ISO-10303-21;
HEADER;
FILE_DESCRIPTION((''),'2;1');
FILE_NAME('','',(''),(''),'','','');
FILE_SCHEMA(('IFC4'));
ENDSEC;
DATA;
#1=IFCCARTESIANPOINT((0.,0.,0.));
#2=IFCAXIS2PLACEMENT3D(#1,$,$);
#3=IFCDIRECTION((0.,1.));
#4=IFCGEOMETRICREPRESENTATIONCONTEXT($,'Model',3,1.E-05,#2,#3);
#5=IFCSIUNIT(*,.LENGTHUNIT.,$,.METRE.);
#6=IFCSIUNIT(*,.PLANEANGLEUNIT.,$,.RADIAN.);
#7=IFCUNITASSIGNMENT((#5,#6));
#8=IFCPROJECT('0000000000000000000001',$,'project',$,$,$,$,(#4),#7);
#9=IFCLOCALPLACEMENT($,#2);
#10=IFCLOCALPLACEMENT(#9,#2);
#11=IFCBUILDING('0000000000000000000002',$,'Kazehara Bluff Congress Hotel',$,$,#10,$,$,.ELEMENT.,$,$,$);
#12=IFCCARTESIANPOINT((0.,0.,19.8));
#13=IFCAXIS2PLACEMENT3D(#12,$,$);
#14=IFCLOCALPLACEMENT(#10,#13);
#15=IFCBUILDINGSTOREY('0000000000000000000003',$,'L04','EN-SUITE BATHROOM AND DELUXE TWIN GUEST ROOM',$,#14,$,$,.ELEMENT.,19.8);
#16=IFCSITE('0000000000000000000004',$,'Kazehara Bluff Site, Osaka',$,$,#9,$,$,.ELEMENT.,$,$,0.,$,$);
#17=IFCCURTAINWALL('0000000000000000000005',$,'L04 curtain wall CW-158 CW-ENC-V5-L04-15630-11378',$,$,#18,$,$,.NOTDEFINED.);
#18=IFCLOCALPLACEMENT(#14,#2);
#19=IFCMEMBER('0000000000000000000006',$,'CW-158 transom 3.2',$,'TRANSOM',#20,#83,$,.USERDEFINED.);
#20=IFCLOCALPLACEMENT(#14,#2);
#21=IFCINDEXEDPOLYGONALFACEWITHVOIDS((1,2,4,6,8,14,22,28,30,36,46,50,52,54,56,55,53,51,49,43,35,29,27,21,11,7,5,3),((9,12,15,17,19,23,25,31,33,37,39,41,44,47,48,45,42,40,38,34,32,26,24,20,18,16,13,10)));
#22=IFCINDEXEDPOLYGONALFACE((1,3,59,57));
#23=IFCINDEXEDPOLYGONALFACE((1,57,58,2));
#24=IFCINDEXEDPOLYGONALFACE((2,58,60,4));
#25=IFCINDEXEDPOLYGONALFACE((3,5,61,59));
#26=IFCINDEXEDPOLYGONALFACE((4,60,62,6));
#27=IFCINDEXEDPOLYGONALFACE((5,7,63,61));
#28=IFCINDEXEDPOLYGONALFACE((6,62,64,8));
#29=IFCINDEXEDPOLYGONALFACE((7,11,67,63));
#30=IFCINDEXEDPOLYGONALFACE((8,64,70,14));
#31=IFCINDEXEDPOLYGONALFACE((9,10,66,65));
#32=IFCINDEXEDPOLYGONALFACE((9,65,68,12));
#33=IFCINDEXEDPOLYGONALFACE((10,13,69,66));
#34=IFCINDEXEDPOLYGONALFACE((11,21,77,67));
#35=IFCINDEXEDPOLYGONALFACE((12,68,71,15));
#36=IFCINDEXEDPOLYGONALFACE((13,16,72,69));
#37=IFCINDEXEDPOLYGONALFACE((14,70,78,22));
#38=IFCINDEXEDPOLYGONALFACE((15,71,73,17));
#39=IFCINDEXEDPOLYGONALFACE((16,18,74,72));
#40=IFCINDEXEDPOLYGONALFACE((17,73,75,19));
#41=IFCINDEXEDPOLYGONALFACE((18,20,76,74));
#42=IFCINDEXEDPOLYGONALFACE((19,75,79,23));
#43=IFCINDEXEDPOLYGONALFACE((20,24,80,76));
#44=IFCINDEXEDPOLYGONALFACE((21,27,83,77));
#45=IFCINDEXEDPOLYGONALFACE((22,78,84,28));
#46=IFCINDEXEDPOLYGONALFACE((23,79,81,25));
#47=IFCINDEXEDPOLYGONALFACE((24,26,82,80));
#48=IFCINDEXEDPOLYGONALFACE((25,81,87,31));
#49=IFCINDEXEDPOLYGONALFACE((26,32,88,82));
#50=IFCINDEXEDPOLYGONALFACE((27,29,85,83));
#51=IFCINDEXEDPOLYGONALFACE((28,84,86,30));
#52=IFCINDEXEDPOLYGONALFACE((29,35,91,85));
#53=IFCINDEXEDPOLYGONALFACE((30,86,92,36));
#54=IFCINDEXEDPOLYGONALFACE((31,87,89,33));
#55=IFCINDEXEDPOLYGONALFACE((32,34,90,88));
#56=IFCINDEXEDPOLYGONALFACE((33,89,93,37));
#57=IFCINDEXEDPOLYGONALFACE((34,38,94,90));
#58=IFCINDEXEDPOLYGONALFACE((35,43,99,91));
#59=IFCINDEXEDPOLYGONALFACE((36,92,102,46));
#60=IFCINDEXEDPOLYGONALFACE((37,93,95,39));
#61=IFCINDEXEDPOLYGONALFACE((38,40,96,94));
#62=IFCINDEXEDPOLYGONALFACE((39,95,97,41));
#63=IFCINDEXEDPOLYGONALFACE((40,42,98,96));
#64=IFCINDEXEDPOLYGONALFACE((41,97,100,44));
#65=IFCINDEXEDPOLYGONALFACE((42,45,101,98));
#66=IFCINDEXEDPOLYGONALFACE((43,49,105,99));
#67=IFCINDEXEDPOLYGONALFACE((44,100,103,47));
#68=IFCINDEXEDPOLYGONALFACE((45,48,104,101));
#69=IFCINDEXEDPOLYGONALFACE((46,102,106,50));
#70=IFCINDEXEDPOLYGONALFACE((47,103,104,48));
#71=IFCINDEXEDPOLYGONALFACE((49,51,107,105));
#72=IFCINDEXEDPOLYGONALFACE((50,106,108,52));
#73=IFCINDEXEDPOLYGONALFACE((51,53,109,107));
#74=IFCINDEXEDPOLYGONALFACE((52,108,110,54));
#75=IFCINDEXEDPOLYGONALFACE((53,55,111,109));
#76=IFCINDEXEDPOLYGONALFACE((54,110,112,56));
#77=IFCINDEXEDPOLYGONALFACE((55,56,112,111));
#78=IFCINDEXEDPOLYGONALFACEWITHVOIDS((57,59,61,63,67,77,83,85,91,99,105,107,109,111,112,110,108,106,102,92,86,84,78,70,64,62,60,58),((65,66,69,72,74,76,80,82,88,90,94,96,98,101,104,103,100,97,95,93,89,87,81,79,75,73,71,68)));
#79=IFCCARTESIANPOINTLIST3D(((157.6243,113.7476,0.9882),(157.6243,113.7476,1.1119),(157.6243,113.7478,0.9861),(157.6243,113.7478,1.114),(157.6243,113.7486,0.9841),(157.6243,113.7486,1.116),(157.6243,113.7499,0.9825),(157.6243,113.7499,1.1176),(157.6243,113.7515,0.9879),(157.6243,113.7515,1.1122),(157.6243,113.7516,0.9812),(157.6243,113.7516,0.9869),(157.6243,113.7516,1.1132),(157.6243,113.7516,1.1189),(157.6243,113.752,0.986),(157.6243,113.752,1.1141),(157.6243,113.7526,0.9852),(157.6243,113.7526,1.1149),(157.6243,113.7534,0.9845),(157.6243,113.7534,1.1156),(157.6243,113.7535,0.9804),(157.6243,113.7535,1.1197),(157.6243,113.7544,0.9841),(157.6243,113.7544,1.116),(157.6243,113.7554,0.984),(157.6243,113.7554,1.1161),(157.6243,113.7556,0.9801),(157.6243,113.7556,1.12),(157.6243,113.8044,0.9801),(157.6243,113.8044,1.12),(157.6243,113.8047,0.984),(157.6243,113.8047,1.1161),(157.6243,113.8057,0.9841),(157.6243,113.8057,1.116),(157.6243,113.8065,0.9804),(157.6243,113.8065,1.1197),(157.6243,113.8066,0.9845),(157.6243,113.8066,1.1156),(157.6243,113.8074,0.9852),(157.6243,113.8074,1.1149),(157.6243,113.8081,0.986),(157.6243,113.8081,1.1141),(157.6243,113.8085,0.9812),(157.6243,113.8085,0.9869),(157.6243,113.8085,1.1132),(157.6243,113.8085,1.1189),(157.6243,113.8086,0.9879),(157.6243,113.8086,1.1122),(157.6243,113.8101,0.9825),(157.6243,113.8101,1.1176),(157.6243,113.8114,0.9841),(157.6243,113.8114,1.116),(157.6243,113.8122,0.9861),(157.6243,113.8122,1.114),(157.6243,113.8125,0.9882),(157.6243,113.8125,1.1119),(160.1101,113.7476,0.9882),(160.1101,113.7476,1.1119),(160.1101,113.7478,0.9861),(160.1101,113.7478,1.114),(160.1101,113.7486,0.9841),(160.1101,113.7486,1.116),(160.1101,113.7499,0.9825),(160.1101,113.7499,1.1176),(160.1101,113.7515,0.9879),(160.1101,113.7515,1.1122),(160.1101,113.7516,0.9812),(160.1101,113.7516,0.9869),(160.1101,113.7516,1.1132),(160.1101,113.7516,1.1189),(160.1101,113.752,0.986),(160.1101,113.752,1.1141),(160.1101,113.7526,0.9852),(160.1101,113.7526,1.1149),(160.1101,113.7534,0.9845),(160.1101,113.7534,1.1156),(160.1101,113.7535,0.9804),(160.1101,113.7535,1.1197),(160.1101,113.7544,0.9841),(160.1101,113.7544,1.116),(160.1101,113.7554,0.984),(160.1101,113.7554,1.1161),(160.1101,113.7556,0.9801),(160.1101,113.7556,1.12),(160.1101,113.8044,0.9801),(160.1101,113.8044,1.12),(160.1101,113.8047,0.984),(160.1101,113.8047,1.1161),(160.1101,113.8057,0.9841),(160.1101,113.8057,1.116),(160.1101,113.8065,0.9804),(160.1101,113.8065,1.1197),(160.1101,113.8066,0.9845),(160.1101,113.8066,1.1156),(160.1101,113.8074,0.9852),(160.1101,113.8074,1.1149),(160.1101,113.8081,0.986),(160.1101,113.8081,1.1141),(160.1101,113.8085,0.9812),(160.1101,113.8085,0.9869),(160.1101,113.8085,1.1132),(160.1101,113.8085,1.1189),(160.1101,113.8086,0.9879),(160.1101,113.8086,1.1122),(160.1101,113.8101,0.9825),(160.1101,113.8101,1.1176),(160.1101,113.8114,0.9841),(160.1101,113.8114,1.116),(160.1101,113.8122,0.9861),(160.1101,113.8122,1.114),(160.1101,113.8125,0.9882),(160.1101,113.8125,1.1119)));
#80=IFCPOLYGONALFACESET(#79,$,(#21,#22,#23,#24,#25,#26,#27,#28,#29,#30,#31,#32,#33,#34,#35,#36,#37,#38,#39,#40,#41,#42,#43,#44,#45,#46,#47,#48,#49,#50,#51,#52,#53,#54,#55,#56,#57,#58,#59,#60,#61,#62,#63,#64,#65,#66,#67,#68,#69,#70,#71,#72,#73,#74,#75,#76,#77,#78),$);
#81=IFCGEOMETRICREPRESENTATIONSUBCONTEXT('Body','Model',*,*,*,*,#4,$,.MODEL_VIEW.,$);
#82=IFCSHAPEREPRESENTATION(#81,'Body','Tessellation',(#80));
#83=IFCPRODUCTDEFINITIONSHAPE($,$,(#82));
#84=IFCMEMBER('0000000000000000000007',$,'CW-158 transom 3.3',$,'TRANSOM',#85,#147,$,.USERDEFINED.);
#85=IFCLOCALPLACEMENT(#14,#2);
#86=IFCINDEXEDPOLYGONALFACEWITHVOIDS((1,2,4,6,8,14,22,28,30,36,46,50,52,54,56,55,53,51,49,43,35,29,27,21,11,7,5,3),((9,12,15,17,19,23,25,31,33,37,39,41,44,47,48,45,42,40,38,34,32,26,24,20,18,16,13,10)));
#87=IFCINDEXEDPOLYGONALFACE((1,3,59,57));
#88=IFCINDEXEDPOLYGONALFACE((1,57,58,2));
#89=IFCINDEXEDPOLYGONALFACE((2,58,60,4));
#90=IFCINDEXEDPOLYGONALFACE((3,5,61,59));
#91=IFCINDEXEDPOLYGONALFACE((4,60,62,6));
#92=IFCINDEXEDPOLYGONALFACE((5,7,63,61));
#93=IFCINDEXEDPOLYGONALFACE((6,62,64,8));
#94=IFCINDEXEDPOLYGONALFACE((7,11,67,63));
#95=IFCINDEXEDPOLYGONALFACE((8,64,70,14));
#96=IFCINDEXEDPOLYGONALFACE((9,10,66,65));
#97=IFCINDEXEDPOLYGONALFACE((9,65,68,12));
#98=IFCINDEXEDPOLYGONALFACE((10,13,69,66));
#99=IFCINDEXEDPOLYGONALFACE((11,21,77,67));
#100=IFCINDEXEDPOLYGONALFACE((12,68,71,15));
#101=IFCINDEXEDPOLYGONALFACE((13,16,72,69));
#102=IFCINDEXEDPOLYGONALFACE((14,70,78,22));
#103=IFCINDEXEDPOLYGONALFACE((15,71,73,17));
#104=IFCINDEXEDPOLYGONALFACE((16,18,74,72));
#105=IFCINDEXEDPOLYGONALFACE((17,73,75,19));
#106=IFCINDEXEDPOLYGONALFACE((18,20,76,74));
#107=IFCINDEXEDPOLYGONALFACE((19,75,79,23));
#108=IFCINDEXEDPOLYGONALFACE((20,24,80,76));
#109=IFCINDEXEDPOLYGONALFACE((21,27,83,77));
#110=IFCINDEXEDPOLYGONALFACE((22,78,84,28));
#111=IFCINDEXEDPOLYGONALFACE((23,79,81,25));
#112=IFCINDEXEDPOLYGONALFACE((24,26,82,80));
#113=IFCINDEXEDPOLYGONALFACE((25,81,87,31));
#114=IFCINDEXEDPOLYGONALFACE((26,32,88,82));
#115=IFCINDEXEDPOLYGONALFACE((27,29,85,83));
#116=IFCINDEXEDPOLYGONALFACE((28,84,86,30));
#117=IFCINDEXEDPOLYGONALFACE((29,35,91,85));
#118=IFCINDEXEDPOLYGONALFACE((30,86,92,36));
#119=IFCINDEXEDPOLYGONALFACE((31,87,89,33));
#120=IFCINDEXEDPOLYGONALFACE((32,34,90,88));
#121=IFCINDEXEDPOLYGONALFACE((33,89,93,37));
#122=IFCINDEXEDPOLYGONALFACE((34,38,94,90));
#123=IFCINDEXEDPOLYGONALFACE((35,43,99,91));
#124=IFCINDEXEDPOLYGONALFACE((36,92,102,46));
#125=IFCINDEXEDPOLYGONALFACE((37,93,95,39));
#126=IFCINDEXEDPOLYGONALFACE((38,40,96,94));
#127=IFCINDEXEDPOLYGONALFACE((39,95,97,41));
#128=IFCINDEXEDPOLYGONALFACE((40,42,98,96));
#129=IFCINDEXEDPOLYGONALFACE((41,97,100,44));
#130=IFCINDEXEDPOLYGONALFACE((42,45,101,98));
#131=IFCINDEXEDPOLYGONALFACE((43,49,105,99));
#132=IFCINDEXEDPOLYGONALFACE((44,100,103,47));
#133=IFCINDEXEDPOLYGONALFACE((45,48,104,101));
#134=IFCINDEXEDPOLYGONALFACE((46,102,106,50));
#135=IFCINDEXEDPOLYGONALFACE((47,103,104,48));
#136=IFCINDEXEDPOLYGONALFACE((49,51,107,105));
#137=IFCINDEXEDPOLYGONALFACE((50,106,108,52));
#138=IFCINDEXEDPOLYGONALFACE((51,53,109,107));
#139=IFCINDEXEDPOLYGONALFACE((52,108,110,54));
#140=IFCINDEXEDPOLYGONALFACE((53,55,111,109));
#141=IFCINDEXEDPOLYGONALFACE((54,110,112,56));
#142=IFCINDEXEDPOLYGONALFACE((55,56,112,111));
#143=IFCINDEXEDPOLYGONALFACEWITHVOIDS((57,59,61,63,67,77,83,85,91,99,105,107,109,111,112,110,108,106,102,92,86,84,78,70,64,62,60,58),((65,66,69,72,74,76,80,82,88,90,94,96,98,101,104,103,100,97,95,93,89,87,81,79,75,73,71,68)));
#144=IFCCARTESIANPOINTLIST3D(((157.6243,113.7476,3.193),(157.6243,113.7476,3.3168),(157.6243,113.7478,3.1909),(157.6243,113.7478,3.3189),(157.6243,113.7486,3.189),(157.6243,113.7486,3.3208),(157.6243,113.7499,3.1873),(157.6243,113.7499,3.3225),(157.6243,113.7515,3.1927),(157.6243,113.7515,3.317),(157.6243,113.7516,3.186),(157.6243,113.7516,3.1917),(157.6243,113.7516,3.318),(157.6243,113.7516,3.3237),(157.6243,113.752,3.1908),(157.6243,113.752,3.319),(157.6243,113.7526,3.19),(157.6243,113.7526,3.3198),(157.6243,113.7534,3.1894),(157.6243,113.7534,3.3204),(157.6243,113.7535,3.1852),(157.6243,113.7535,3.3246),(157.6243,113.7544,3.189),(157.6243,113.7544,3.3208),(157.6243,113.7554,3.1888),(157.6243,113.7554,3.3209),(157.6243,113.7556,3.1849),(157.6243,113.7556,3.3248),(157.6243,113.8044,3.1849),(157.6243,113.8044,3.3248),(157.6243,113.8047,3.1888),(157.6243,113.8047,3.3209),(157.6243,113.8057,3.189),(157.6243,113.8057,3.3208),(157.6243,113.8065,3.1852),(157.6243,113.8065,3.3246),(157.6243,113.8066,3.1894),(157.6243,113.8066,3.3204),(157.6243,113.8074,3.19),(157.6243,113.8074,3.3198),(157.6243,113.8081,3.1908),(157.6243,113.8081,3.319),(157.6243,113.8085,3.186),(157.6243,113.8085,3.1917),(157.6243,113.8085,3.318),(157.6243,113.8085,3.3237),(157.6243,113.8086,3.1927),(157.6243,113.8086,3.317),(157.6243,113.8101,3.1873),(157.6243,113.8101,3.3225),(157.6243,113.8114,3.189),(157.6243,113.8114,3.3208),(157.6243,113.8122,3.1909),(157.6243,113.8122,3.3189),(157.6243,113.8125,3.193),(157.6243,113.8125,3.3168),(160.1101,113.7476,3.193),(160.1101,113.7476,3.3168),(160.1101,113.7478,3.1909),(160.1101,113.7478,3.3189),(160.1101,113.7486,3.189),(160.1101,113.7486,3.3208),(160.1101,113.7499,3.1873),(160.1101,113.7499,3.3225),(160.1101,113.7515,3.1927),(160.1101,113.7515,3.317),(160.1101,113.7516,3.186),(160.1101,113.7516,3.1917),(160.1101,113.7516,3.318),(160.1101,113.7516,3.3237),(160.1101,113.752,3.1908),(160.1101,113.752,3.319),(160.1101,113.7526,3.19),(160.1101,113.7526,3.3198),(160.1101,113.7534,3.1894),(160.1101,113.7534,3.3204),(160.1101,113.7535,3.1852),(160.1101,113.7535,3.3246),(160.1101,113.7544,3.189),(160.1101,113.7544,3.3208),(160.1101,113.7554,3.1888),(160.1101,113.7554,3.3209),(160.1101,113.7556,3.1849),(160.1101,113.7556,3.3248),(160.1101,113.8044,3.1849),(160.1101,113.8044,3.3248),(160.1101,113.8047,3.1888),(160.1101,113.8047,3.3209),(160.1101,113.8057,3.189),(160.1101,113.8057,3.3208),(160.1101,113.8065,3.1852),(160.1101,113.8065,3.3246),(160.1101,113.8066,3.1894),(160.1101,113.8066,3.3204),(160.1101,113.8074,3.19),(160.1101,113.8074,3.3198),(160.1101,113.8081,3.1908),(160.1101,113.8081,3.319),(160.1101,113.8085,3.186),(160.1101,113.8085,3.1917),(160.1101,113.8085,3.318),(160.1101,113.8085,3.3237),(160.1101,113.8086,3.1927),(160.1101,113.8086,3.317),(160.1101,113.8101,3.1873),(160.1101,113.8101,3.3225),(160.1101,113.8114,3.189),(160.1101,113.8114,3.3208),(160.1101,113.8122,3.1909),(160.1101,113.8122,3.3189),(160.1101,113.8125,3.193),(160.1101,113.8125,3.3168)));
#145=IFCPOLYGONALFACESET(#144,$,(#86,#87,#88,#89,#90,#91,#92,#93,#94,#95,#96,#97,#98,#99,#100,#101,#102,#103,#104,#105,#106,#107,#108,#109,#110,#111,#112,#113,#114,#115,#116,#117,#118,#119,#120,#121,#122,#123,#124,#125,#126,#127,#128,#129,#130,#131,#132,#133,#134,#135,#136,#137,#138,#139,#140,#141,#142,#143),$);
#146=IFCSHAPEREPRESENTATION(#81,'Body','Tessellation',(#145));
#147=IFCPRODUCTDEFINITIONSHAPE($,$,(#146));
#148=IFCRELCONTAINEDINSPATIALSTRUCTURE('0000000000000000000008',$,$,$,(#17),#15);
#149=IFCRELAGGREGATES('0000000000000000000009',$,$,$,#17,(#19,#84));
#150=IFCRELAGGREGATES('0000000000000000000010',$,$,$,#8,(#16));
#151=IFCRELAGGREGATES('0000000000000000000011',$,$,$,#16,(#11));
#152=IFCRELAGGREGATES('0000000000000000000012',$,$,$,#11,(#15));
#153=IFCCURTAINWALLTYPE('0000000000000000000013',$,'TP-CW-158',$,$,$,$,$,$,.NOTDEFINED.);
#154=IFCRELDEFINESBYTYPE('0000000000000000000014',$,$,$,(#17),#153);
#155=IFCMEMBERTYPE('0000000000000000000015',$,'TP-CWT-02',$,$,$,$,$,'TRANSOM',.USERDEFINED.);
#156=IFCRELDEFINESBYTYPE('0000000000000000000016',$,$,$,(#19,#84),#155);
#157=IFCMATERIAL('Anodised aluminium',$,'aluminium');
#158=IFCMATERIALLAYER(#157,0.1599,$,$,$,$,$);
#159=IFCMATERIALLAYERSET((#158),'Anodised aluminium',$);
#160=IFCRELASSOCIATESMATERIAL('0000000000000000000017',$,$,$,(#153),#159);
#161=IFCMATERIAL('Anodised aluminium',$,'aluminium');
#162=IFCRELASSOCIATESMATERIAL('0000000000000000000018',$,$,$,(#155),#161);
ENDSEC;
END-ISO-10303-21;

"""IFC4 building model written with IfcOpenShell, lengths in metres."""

from ifc_helpers import new_model, si_unit, direction, frame, origin, origin_2d, place, context, subcontext, project, spatial, hollow_rectangle, extrude, material, layer, layer_set, material_profile, profile_set, type_object, element, aggregate, save


model = new_model("IFC4")

# Units and contexts
model_context = context("Model", 3, precision=1e-05, world=origin(), true_north=direction((0.0, 1.0)))
body_context = subcontext(model_context, "Body", "Model", "MODEL_VIEW")
ifc_project = project(units=[si_unit("LENGTHUNIT", "METRE"), si_unit("PLANEANGLEUNIT", "RADIAN")], contexts=[model_context])

# Site, building, storey
site_placement = place(None, origin())
site = spatial("IfcSite", under=ifc_project, at=site_placement, Name="Kazehara Bluff Site, Osaka", CompositionType="ELEMENT", RefElevation=0.0)
building_placement = place(site_placement, origin())
building = spatial("IfcBuilding", under=site, at=building_placement, Name="Kazehara Bluff Congress Hotel", CompositionType="ELEMENT")
storey_placement = place(building_placement, frame((0.0, 0.0, 19.8)))
storey = spatial("IfcBuildingStorey", under=building, at=storey_placement, Name="L04", Description="EN-SUITE BATHROOM AND DELUXE TWIN GUEST ROOM", CompositionType="ELEMENT", Elevation=19.8)

# Curtain wall, members
ifc_material_1 = material(Name="Anodised aluminium", Category="aluminium")
ifc_layer_1 = layer(ifc_material_1, 0.1599)
ifc_layer_set_1 = layer_set([ifc_layer_1], Name="Anodised aluminium")
curtain_wall_type = type_object("IfcCurtainWallType", Name="TP-CW-158", PredefinedType="NOTDEFINED", material=ifc_layer_set_1)
curtain_wall_placement = place(storey_placement, origin())
curtain_wall = element("IfcCurtainWall", 1, at=curtain_wall_placement, inside=storey, type_object=curtain_wall_type, Name="L04 curtain wall CW-158 CW-ENC-V5-L04-15630-11378", PredefinedType="NOTDEFINED")
ifc_material_2 = material(Name="Anodised aluminium", Category="aluminium")
ifc_material_profile_1 = material_profile(ifc_material_2, hollow_rectangle(XDim=0.0649, YDim=0.1399, WallThickness=0.0039, InnerFilletRadius=0.0039, OuterFilletRadius=0.0081, at=origin_2d()))
ifc_profile_set_1 = profile_set([ifc_material_profile_1], Name="Anodised aluminium")
member_type_1 = type_object("IfcMemberType", Name="TP-CWT-02", ElementType="TRANSOM", PredefinedType="USERDEFINED", material=ifc_profile_set_1)
member_1_placement = place(storey_placement, frame((157.6243, 113.78, 1.05), z_axis=(1.0, 0.0, 0.0), x_axis=(0.0, 1.0, 0.0)))
member_1 = element("IfcMember", 2, at=member_1_placement, type_object=member_type_1, Name="CW-158 transom 3.2", ObjectType="TRANSOM", PredefinedType="USERDEFINED", context=body_context, shape_type="SweptSolid", body=[
    extrude(hollow_rectangle(XDim=0.0649, YDim=0.1399, WallThickness=0.0039, InnerFilletRadius=0.0039, OuterFilletRadius=0.0081, at=origin_2d()), origin(), (0.0, 0.0, 1.0), 2.4858),
])
member_2_placement = place(storey_placement, frame((157.6243, 113.78, 3.2549), z_axis=(1.0, 0.0, 0.0), x_axis=(0.0, 1.0, 0.0)))
member_2 = element("IfcMember", 3, at=member_2_placement, type_object=member_type_1, Name="CW-158 transom 3.3", ObjectType="TRANSOM", PredefinedType="USERDEFINED", context=body_context, shape_type="SweptSolid", body=[
    extrude(hollow_rectangle(XDim=0.0649, YDim=0.1399, WallThickness=0.0039, InnerFilletRadius=0.0039, OuterFilletRadius=0.0081, at=origin_2d()), origin(), (0.0, 0.0, 1.0), 2.4858),
])
aggregate(curtain_wall, [member_1, member_2])

save(model, "model.ifc")
